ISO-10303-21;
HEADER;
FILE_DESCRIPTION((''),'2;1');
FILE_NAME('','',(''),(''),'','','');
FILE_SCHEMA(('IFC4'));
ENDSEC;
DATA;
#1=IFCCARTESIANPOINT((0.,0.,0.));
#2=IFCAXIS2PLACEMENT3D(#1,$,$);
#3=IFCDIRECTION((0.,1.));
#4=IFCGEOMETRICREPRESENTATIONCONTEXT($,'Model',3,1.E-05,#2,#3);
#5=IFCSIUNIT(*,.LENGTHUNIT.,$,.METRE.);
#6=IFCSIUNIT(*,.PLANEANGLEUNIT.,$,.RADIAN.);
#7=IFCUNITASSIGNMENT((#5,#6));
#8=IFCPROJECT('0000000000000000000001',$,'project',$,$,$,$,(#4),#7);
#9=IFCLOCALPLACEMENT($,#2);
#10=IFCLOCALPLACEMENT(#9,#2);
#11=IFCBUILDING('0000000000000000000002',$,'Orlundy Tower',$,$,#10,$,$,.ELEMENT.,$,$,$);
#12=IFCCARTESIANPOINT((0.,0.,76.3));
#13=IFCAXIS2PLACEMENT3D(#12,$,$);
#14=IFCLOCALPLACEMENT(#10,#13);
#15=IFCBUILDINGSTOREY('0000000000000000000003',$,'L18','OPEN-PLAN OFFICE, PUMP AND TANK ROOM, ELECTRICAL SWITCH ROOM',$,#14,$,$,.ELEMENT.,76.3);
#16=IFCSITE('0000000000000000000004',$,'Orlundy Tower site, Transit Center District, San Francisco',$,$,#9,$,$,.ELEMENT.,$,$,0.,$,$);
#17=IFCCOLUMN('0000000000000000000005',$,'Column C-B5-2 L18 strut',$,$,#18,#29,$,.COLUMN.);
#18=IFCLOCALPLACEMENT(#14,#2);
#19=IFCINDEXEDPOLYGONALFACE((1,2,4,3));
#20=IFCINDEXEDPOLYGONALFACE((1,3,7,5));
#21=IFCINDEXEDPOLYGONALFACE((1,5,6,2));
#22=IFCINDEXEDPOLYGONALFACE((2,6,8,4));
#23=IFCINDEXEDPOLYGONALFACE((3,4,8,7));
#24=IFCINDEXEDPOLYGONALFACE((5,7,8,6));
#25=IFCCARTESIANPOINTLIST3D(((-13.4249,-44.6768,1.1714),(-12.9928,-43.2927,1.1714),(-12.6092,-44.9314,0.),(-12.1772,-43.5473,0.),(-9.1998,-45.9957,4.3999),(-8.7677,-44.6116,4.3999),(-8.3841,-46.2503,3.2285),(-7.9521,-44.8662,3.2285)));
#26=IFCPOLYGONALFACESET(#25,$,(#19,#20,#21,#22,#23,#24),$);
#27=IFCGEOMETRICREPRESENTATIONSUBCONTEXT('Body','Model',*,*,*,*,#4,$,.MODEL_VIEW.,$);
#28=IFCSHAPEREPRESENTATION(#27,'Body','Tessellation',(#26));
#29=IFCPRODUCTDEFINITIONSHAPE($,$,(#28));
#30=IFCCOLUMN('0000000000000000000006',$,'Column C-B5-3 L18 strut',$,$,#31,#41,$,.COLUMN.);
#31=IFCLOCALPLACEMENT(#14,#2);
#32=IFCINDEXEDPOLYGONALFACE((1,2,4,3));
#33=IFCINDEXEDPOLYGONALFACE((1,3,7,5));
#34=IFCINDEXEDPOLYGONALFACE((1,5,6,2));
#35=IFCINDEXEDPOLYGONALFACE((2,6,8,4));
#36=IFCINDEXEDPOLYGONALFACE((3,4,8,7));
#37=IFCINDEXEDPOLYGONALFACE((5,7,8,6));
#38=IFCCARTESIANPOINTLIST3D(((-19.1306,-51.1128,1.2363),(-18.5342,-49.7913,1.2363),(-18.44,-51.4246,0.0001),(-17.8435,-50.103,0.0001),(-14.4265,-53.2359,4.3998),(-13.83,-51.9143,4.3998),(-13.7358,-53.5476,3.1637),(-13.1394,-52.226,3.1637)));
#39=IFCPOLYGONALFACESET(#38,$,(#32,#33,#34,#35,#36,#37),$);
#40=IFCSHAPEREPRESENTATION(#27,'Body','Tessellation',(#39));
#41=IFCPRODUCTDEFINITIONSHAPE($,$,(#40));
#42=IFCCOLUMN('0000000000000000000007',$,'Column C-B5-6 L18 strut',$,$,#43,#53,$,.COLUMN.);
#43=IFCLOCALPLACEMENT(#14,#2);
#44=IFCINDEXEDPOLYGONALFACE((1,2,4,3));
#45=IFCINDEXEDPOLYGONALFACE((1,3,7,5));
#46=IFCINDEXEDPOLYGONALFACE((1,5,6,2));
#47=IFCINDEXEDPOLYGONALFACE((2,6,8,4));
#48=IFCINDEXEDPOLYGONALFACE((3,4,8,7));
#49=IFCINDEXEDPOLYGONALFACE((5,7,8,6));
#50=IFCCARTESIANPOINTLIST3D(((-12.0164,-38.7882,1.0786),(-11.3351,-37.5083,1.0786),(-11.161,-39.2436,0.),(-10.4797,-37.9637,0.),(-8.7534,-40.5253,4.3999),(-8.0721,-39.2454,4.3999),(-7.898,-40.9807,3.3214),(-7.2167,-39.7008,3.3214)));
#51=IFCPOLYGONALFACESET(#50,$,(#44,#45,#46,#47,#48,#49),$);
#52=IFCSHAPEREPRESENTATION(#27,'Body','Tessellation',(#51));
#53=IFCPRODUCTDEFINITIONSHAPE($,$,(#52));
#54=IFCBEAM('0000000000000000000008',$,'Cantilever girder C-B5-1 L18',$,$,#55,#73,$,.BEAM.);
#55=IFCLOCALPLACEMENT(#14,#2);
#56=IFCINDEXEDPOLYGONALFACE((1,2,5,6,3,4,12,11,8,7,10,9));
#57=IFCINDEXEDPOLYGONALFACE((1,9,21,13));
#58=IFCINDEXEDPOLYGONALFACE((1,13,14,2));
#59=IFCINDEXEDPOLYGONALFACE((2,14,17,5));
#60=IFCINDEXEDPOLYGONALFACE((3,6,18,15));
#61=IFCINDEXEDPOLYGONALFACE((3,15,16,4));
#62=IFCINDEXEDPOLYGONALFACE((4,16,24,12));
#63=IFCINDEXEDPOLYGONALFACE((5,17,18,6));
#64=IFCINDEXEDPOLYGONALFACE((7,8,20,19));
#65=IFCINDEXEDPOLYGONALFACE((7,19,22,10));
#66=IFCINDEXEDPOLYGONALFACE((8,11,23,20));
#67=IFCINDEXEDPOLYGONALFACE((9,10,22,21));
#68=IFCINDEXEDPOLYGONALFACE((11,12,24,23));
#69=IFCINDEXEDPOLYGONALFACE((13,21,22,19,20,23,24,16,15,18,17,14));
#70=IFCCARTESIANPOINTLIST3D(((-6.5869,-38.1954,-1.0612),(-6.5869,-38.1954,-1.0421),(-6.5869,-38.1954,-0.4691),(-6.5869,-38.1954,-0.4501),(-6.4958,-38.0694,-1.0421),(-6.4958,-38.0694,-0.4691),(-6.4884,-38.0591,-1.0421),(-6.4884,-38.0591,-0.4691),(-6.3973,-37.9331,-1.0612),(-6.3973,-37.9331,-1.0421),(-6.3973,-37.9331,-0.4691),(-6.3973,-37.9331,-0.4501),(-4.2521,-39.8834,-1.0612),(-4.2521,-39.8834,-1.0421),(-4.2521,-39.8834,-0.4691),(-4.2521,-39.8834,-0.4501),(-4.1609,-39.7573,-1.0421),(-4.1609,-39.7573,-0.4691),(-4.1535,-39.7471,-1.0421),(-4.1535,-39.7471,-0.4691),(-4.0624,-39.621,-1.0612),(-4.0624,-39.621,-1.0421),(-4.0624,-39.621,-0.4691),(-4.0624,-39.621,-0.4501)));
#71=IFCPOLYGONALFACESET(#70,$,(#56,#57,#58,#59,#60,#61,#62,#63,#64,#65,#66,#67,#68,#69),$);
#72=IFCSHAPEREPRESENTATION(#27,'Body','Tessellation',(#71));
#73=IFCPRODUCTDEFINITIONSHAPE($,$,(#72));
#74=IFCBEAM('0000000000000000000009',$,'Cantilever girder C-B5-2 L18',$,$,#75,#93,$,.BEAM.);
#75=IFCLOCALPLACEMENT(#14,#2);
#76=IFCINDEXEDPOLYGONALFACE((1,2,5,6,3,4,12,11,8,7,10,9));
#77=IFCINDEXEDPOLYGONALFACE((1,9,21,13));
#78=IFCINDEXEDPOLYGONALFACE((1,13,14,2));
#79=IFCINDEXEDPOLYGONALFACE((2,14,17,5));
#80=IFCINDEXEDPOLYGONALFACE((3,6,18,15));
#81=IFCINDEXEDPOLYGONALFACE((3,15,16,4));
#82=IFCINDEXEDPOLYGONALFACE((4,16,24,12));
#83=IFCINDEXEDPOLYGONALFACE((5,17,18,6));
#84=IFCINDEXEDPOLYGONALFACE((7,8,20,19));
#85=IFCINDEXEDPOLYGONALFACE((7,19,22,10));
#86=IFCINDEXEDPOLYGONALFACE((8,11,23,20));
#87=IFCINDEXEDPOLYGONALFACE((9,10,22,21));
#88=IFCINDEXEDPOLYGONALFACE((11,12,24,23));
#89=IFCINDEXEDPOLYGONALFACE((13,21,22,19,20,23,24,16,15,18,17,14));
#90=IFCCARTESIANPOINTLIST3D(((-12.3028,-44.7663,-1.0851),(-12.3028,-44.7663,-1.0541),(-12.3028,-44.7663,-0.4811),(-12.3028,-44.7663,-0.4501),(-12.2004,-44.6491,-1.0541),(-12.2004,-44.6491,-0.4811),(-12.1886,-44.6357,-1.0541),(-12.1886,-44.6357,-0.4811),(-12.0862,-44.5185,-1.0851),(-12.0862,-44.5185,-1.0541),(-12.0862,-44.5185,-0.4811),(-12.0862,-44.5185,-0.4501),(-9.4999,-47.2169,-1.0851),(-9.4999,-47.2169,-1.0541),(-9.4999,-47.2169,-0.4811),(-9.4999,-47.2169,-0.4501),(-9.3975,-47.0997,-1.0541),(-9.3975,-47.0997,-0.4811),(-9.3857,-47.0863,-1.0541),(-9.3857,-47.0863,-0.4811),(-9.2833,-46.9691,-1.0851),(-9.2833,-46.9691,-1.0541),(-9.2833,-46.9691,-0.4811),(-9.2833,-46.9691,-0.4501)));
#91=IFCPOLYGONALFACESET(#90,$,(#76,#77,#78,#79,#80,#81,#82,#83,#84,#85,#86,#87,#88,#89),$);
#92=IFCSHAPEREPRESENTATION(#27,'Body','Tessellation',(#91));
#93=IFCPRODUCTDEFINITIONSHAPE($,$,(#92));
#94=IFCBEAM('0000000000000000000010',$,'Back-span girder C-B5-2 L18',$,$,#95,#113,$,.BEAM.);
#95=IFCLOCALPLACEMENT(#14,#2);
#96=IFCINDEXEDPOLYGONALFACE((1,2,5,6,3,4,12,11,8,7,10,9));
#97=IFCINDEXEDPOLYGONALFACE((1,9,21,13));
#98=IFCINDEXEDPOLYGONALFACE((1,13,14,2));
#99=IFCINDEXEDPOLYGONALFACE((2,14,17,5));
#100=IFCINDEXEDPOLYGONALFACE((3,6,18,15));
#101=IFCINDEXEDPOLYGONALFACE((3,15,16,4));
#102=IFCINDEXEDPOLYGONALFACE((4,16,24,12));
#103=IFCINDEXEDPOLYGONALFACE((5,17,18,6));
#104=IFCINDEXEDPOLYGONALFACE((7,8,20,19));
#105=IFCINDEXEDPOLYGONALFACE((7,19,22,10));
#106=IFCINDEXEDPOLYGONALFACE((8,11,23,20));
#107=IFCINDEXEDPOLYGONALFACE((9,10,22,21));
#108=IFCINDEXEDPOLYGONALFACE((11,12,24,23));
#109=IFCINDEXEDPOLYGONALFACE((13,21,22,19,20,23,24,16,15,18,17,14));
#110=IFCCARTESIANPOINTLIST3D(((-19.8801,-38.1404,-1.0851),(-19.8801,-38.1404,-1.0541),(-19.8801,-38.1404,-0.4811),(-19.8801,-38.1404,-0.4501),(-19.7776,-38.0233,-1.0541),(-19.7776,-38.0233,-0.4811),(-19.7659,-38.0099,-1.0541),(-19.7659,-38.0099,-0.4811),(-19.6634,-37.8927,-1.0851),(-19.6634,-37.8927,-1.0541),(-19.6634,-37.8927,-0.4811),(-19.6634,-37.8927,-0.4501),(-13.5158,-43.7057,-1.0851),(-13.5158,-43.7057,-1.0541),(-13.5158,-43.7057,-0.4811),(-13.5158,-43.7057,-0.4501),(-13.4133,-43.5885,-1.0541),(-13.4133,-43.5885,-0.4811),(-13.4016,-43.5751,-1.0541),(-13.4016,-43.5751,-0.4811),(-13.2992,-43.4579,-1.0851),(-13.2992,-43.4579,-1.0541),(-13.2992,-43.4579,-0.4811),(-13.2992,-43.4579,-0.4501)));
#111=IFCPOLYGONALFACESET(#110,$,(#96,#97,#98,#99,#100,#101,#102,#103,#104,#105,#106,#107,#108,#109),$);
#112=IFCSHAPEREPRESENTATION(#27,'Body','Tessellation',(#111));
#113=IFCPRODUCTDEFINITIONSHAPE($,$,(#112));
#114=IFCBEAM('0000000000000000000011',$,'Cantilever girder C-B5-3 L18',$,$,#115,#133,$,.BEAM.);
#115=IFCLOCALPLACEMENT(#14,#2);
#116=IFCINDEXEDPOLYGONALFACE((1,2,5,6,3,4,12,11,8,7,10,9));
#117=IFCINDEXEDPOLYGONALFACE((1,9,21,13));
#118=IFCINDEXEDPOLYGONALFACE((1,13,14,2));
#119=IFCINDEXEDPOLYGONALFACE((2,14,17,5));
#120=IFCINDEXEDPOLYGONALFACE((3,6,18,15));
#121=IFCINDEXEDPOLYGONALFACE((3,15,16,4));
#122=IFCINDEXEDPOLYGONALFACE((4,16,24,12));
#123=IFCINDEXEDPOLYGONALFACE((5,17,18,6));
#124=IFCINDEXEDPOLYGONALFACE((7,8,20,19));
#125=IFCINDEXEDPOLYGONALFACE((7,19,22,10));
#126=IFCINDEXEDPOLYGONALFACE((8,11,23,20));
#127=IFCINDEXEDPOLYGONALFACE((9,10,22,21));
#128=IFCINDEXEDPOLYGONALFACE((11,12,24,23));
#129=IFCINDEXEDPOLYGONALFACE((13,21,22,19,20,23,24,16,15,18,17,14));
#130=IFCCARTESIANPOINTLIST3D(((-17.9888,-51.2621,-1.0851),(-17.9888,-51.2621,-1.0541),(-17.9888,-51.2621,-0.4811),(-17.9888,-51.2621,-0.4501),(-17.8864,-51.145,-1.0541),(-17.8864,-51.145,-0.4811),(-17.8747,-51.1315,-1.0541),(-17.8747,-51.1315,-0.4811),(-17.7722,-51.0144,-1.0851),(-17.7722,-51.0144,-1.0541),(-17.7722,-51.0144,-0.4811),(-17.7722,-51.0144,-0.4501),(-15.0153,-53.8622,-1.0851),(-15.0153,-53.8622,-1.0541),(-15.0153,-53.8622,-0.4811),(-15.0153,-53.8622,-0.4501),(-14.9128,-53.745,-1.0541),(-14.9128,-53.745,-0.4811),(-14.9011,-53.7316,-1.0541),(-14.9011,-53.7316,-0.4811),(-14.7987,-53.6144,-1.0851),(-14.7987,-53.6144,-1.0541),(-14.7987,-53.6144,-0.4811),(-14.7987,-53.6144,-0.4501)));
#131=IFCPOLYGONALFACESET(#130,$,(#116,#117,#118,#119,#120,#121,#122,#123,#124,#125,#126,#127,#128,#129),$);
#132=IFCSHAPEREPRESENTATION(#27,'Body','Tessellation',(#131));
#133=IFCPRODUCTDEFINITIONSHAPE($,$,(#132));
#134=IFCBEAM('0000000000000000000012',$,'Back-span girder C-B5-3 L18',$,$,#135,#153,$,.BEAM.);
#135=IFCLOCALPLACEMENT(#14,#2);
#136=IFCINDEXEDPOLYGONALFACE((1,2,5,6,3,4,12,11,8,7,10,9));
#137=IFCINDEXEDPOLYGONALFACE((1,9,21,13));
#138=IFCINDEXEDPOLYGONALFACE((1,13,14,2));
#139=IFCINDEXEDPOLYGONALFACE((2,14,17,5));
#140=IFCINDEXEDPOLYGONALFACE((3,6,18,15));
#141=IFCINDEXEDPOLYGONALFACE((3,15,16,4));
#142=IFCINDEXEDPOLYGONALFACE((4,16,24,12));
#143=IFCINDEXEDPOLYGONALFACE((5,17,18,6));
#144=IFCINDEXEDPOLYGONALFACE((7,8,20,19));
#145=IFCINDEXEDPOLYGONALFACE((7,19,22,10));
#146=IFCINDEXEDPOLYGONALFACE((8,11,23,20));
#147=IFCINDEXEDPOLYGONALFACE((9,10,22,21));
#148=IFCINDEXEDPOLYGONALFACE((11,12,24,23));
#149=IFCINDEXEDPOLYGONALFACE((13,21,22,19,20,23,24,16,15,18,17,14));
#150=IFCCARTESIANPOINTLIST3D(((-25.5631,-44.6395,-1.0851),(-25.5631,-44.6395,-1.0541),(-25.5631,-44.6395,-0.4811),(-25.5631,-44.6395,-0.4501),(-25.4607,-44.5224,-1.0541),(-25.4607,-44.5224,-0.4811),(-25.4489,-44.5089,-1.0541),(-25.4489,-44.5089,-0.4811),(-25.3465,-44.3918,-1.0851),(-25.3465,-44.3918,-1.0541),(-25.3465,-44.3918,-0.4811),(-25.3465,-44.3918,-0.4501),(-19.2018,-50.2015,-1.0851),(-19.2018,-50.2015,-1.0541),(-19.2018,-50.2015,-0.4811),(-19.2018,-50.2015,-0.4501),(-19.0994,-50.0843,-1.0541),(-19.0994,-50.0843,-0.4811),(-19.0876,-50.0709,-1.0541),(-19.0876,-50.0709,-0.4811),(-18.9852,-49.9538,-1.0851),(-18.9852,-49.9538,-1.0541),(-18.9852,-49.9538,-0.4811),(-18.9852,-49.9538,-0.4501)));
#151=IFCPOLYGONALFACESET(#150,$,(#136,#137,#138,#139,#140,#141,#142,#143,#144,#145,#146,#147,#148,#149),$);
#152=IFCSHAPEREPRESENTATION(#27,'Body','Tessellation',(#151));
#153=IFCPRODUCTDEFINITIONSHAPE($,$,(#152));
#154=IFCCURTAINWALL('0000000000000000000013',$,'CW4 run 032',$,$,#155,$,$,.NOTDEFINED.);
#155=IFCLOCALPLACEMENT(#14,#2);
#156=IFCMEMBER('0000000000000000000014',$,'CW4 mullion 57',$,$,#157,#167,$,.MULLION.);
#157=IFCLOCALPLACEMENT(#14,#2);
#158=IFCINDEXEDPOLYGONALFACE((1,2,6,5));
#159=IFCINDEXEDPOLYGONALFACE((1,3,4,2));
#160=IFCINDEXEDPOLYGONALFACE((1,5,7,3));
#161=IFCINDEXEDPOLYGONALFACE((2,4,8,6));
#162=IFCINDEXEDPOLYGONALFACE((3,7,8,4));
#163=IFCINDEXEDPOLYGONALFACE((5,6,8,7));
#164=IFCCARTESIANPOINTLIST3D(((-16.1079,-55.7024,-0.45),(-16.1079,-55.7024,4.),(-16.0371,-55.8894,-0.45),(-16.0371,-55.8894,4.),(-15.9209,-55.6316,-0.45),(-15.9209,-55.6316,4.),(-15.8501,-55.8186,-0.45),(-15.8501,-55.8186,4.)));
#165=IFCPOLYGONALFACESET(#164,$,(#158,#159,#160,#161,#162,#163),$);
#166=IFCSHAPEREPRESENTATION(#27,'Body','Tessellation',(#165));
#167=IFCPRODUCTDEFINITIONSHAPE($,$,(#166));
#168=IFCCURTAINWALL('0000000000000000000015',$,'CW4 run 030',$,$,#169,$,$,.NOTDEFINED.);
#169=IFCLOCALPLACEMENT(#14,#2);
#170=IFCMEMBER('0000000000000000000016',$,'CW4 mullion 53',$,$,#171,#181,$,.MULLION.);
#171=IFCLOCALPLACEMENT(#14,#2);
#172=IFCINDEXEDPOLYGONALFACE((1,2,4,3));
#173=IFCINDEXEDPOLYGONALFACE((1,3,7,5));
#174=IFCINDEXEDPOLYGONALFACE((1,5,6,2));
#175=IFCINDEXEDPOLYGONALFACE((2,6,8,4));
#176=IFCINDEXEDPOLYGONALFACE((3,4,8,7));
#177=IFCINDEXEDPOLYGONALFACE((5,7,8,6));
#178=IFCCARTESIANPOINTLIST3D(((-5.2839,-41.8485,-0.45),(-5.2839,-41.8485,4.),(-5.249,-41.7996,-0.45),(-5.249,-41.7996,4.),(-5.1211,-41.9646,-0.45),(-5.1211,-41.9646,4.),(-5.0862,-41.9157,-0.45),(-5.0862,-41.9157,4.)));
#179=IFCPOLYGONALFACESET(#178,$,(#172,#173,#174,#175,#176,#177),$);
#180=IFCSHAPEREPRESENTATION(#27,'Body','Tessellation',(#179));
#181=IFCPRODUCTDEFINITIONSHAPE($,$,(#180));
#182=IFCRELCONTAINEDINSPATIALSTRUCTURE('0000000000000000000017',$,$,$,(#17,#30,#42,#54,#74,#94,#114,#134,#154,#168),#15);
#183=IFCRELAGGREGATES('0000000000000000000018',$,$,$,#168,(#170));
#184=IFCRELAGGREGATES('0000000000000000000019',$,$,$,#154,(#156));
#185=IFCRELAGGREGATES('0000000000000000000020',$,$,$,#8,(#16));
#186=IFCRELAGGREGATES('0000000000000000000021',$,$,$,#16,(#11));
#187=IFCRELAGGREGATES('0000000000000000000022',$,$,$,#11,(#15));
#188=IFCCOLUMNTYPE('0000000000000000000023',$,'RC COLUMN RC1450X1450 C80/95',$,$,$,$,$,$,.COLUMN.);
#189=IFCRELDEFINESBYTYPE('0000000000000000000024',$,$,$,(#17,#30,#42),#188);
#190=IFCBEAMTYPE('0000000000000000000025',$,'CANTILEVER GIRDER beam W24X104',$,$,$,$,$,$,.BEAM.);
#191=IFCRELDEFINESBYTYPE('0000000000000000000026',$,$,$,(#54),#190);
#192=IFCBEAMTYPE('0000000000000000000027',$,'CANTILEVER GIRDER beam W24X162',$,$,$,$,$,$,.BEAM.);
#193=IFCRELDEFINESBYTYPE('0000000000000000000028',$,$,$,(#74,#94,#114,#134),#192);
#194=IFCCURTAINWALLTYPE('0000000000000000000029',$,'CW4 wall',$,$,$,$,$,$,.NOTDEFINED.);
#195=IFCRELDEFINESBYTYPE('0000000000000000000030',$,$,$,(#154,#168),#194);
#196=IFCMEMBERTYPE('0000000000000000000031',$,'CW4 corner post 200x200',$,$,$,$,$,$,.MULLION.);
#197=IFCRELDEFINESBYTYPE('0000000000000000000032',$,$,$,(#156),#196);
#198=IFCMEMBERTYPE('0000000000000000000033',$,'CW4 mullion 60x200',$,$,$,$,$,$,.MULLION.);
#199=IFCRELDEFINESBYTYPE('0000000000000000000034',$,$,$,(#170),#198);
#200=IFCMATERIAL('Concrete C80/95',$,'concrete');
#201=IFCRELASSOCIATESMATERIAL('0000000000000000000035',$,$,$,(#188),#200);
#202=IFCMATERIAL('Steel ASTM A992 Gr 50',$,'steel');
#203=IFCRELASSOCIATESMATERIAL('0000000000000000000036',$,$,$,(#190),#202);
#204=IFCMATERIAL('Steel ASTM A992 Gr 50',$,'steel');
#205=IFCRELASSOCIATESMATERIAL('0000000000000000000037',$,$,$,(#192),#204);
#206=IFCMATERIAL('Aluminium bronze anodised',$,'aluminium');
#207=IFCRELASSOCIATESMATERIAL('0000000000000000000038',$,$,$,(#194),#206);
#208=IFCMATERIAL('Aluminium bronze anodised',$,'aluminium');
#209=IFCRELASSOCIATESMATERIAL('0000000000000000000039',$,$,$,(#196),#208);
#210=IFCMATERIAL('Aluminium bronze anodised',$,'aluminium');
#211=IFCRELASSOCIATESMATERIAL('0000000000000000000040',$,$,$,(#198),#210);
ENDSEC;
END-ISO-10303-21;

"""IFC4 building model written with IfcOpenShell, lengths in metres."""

from ifc_helpers import new_model, si_unit, direction, frame, origin, origin_2d, place, context, subcontext, project, spatial, rectangle, i_section, extrude, material, material_profile, profile_set, type_object, element, aggregate, save


model = new_model("IFC4")

# Units and contexts
model_context = context("Model", 3, precision=1e-05, world=origin(), true_north=direction((0.0, 1.0)))
body_context = subcontext(model_context, "Body", "Model", "MODEL_VIEW")
ifc_project = project(units=[si_unit("LENGTHUNIT", "METRE"), si_unit("PLANEANGLEUNIT", "RADIAN")], contexts=[model_context])

# Site, building, storey
site_placement = place(None, origin())
site = spatial("IfcSite", under=ifc_project, at=site_placement, Name="Orlundy Tower site, Transit Center District, San Francisco", CompositionType="ELEMENT", RefElevation=0.0)
building_placement = place(site_placement, origin())
building = spatial("IfcBuilding", under=site, at=building_placement, Name="Orlundy Tower", CompositionType="ELEMENT")
storey_placement = place(building_placement, frame((0.0, 0.0, 76.3)))
storey = spatial("IfcBuildingStorey", under=building, at=storey_placement, Name="L18", Description="OPEN-PLAN OFFICE, PUMP AND TANK ROOM, ELECTRICAL SWITCH ROOM", CompositionType="ELEMENT", Elevation=76.3)

# Columns
ifc_material_1 = material(Name="Concrete C80/95", Category="concrete")
ifc_material_profile_1 = material_profile(ifc_material_1, rectangle(XDim=1.45, YDim=1.45, at=origin_2d()), Name="RC1450X1450")
ifc_profile_set_1 = profile_set([ifc_material_profile_1], Name="Concrete C80/95")
column_type = type_object("IfcColumnType", Name="RC COLUMN RC1450X1450 C80/95", PredefinedType="COLUMN", material=ifc_profile_set_1)
column_1_placement = place(storey_placement, frame((-12.801, -44.1121, 0.5857), z_axis=(0.771212, -0.240731, 0.589305), x_axis=(0.297967, 0.954576, 0.0)))
element("IfcColumn", 1, at=column_1_placement, inside=storey, type_object=column_type, Name="Column C-B5-2 L18 strut", PredefinedType="COLUMN", context=body_context, shape_type="SweptSolid", body=[
    extrude(rectangle(XDim=1.45, YDim=1.45, at=origin_2d()), origin(), (0.0, 0.0, 1.0), 5.4785),
])
column_2_placement = place(storey_placement, frame((-18.4871, -50.6079, 0.6182), z_axis=(0.777096, -0.350718, 0.522608), x_axis=(0.411364, 0.911471, 0.0)))
element("IfcColumn", 2, at=column_2_placement, inside=storey, type_object=column_type, Name="Column C-B5-3 L18 strut", PredefinedType="COLUMN", context=body_context, shape_type="SweptSolid", body=[
    extrude(rectangle(XDim=1.45, YDim=1.45, at=origin_2d()), origin(), (0.0, 0.0, 1.0), 6.0535),
])
column_3_placement = place(storey_placement, frame((-11.248, -38.376, 0.5393), z_axis=(0.656604, -0.34955, 0.668346), x_axis=(0.46992, 0.882709, 0.0)))
element("IfcColumn", 3, at=column_3_placement, inside=storey, type_object=column_type, Name="Column C-B5-6 L18 strut", PredefinedType="COLUMN", context=body_context, shape_type="SweptSolid", body=[
    extrude(rectangle(XDim=1.45, YDim=1.45, at=origin_2d()), origin(), (0.0, 0.0, 1.0), 4.9695),
])

# Beams
ifc_material_2 = material(Name="Steel ASTM A992 Gr 50", Category="steel")
ifc_material_profile_2 = material_profile(ifc_material_2, i_section(OverallWidth=0.3237, OverallDepth=0.6111, WebThickness=0.0127, FlangeThickness=0.019, at=origin_2d()), Name="W24X104")
ifc_profile_set_2 = profile_set([ifc_material_profile_2], Name="Steel ASTM A992 Gr 50")
beam_type_1 = type_object("IfcBeamType", Name="CANTILEVER GIRDER beam W24X104", PredefinedType="BEAM", material=ifc_profile_set_2)
beam_1_placement = place(storey_placement, frame((-4.1572, -39.7522, -0.7556), z_axis=(-0.810411, 0.585862, 0.0), x_axis=(-0.585862, -0.810411, 0.0)))
element("IfcBeam", 4, at=beam_1_placement, inside=storey, type_object=beam_type_1, Name="Cantilever girder C-B5-1 L18", PredefinedType="BEAM", context=body_context, shape_type="SweptSolid", body=[
    extrude(i_section(OverallWidth=0.3237, OverallDepth=0.6111, WebThickness=0.0127, FlangeThickness=0.019, at=origin_2d()), origin(), (0.0, 0.0, 1.0), 2.8811),
])
ifc_material_3 = material(Name="Steel ASTM A992 Gr 50", Category="steel")
ifc_material_profile_3 = material_profile(ifc_material_3, i_section(OverallWidth=0.3291, OverallDepth=0.635, WebThickness=0.0178, FlangeThickness=0.031, at=origin_2d()), Name="W24X162")
ifc_profile_set_3 = profile_set([ifc_material_profile_3], Name="Steel ASTM A992 Gr 50")
beam_type_2 = type_object("IfcBeamType", Name="CANTILEVER GIRDER beam W24X162", PredefinedType="BEAM", material=ifc_profile_set_3)
beam_2_placement = place(storey_placement, frame((-9.3916, -47.093, -0.7676), z_axis=(-0.752833, 0.658212, 0.0), x_axis=(-0.658212, -0.752833, 0.0)))
element("IfcBeam", 5, at=beam_2_placement, inside=storey, type_object=beam_type_2, Name="Cantilever girder C-B5-2 L18", PredefinedType="BEAM", context=body_context, shape_type="SweptSolid", body=[
    extrude(i_section(OverallWidth=0.3291, OverallDepth=0.635, WebThickness=0.0178, FlangeThickness=0.031, at=origin_2d()), origin(), (0.0, 0.0, 1.0), 3.7231),
])
beam_3_placement = place(storey_placement, frame((-13.4075, -43.5818, -0.7676), z_axis=(-0.752784, 0.658267, 0.0), x_axis=(-0.658267, -0.752784, 0.0)))
element("IfcBeam", 6, at=beam_3_placement, inside=storey, type_object=beam_type_2, Name="Back-span girder C-B5-2 L18", PredefinedType="BEAM", context=body_context, shape_type="SweptSolid", body=[
    extrude(i_section(OverallWidth=0.3291, OverallDepth=0.635, WebThickness=0.0178, FlangeThickness=0.031, at=origin_2d()), origin(), (0.0, 0.0, 1.0), 8.4543),
])
beam_4_placement = place(storey_placement, frame((-14.907, -53.7383, -0.7676), z_axis=(-0.752806, 0.658242, 0.0), x_axis=(-0.658242, -0.752806, 0.0)))
element("IfcBeam", 7, at=beam_4_placement, inside=storey, type_object=beam_type_2, Name="Cantilever girder C-B5-3 L18", PredefinedType="BEAM", context=body_context, shape_type="SweptSolid", body=[
    extrude(i_section(OverallWidth=0.3291, OverallDepth=0.635, WebThickness=0.0178, FlangeThickness=0.031, at=origin_2d()), origin(), (0.0, 0.0, 1.0), 3.95),
])
beam_5_placement = place(storey_placement, frame((-19.0935, -50.0776, -0.7676), z_axis=(-0.75282, 0.658226, 0.0), x_axis=(-0.658226, -0.75282, 0.0)))
element("IfcBeam", 8, at=beam_5_placement, inside=storey, type_object=beam_type_2, Name="Back-span girder C-B5-3 L18", PredefinedType="BEAM", context=body_context, shape_type="SweptSolid", body=[
    extrude(i_section(OverallWidth=0.3291, OverallDepth=0.635, WebThickness=0.0178, FlangeThickness=0.031, at=origin_2d()), origin(), (0.0, 0.0, 1.0), 8.45),
])

# Curtain wall, member
ifc_material_4 = material(Name="Aluminium bronze anodised", Category="aluminium")
curtain_wall_type = type_object("IfcCurtainWallType", Name="CW4 wall", PredefinedType="NOTDEFINED", material=ifc_material_4)
curtain_wall_1_placement = place(storey_placement, origin())
curtain_wall_1 = element("IfcCurtainWall", 9, at=curtain_wall_1_placement, inside=storey, type_object=curtain_wall_type, Name="CW4 run 032", PredefinedType="NOTDEFINED")
ifc_material_5 = material(Name="Aluminium bronze anodised", Category="aluminium")
ifc_material_profile_4 = material_profile(ifc_material_5, rectangle(XDim=0.2, YDim=0.2, at=origin_2d()), Name="CW4 corner post 200x200")
ifc_profile_set_4 = profile_set([ifc_material_profile_4], Name="Aluminium bronze anodised")
member_type_1 = type_object("IfcMemberType", Name="CW4 corner post 200x200", PredefinedType="MULLION", material=ifc_profile_set_4)
member_1_placement = place(storey_placement, frame((-15.979, -55.7605, -0.45), z_axis=(0.0, 0.0, 1.0), x_axis=(0.354166, -0.935182, 0.0)))
member_1 = element("IfcMember", 10, at=member_1_placement, type_object=member_type_1, Name="CW4 mullion 57", PredefinedType="MULLION", context=body_context, shape_type="SweptSolid", body=[
    extrude(rectangle(XDim=0.2, YDim=0.2, at=origin_2d()), origin(), (0.0, 0.0, 1.0), 4.45),
])

# Curtain wall, member
curtain_wall_2_placement = place(storey_placement, origin())
curtain_wall_2 = element("IfcCurtainWall", 11, at=curtain_wall_2_placement, inside=storey, type_object=curtain_wall_type, Name="CW4 run 030", PredefinedType="NOTDEFINED")
ifc_material_6 = material(Name="Aluminium bronze anodised", Category="aluminium")
ifc_material_profile_5 = material_profile(ifc_material_6, rectangle(XDim=0.2, YDim=0.0601, at=origin_2d()), Name="CW4 mullion 60x200")
ifc_profile_set_5 = profile_set([ifc_material_profile_5], Name="Aluminium bronze anodised")
member_type_2 = type_object("IfcMemberType", Name="CW4 mullion 60x200", PredefinedType="MULLION", material=ifc_profile_set_5)
member_2_placement = place(storey_placement, frame((-5.1851, -41.8821, -0.45), z_axis=(0.0, 0.0, 1.0), x_axis=(0.81411, -0.58071, 0.0)))
member_2 = element("IfcMember", 12, at=member_2_placement, type_object=member_type_2, Name="CW4 mullion 53", PredefinedType="MULLION", context=body_context, shape_type="SweptSolid", body=[
    extrude(rectangle(XDim=0.2, YDim=0.0601, at=origin_2d()), origin(), (0.0, 0.0, 1.0), 4.45),
])

aggregate(curtain_wall_2, [member_2])
aggregate(curtain_wall_1, [member_1])

save(model, "model.ifc")
